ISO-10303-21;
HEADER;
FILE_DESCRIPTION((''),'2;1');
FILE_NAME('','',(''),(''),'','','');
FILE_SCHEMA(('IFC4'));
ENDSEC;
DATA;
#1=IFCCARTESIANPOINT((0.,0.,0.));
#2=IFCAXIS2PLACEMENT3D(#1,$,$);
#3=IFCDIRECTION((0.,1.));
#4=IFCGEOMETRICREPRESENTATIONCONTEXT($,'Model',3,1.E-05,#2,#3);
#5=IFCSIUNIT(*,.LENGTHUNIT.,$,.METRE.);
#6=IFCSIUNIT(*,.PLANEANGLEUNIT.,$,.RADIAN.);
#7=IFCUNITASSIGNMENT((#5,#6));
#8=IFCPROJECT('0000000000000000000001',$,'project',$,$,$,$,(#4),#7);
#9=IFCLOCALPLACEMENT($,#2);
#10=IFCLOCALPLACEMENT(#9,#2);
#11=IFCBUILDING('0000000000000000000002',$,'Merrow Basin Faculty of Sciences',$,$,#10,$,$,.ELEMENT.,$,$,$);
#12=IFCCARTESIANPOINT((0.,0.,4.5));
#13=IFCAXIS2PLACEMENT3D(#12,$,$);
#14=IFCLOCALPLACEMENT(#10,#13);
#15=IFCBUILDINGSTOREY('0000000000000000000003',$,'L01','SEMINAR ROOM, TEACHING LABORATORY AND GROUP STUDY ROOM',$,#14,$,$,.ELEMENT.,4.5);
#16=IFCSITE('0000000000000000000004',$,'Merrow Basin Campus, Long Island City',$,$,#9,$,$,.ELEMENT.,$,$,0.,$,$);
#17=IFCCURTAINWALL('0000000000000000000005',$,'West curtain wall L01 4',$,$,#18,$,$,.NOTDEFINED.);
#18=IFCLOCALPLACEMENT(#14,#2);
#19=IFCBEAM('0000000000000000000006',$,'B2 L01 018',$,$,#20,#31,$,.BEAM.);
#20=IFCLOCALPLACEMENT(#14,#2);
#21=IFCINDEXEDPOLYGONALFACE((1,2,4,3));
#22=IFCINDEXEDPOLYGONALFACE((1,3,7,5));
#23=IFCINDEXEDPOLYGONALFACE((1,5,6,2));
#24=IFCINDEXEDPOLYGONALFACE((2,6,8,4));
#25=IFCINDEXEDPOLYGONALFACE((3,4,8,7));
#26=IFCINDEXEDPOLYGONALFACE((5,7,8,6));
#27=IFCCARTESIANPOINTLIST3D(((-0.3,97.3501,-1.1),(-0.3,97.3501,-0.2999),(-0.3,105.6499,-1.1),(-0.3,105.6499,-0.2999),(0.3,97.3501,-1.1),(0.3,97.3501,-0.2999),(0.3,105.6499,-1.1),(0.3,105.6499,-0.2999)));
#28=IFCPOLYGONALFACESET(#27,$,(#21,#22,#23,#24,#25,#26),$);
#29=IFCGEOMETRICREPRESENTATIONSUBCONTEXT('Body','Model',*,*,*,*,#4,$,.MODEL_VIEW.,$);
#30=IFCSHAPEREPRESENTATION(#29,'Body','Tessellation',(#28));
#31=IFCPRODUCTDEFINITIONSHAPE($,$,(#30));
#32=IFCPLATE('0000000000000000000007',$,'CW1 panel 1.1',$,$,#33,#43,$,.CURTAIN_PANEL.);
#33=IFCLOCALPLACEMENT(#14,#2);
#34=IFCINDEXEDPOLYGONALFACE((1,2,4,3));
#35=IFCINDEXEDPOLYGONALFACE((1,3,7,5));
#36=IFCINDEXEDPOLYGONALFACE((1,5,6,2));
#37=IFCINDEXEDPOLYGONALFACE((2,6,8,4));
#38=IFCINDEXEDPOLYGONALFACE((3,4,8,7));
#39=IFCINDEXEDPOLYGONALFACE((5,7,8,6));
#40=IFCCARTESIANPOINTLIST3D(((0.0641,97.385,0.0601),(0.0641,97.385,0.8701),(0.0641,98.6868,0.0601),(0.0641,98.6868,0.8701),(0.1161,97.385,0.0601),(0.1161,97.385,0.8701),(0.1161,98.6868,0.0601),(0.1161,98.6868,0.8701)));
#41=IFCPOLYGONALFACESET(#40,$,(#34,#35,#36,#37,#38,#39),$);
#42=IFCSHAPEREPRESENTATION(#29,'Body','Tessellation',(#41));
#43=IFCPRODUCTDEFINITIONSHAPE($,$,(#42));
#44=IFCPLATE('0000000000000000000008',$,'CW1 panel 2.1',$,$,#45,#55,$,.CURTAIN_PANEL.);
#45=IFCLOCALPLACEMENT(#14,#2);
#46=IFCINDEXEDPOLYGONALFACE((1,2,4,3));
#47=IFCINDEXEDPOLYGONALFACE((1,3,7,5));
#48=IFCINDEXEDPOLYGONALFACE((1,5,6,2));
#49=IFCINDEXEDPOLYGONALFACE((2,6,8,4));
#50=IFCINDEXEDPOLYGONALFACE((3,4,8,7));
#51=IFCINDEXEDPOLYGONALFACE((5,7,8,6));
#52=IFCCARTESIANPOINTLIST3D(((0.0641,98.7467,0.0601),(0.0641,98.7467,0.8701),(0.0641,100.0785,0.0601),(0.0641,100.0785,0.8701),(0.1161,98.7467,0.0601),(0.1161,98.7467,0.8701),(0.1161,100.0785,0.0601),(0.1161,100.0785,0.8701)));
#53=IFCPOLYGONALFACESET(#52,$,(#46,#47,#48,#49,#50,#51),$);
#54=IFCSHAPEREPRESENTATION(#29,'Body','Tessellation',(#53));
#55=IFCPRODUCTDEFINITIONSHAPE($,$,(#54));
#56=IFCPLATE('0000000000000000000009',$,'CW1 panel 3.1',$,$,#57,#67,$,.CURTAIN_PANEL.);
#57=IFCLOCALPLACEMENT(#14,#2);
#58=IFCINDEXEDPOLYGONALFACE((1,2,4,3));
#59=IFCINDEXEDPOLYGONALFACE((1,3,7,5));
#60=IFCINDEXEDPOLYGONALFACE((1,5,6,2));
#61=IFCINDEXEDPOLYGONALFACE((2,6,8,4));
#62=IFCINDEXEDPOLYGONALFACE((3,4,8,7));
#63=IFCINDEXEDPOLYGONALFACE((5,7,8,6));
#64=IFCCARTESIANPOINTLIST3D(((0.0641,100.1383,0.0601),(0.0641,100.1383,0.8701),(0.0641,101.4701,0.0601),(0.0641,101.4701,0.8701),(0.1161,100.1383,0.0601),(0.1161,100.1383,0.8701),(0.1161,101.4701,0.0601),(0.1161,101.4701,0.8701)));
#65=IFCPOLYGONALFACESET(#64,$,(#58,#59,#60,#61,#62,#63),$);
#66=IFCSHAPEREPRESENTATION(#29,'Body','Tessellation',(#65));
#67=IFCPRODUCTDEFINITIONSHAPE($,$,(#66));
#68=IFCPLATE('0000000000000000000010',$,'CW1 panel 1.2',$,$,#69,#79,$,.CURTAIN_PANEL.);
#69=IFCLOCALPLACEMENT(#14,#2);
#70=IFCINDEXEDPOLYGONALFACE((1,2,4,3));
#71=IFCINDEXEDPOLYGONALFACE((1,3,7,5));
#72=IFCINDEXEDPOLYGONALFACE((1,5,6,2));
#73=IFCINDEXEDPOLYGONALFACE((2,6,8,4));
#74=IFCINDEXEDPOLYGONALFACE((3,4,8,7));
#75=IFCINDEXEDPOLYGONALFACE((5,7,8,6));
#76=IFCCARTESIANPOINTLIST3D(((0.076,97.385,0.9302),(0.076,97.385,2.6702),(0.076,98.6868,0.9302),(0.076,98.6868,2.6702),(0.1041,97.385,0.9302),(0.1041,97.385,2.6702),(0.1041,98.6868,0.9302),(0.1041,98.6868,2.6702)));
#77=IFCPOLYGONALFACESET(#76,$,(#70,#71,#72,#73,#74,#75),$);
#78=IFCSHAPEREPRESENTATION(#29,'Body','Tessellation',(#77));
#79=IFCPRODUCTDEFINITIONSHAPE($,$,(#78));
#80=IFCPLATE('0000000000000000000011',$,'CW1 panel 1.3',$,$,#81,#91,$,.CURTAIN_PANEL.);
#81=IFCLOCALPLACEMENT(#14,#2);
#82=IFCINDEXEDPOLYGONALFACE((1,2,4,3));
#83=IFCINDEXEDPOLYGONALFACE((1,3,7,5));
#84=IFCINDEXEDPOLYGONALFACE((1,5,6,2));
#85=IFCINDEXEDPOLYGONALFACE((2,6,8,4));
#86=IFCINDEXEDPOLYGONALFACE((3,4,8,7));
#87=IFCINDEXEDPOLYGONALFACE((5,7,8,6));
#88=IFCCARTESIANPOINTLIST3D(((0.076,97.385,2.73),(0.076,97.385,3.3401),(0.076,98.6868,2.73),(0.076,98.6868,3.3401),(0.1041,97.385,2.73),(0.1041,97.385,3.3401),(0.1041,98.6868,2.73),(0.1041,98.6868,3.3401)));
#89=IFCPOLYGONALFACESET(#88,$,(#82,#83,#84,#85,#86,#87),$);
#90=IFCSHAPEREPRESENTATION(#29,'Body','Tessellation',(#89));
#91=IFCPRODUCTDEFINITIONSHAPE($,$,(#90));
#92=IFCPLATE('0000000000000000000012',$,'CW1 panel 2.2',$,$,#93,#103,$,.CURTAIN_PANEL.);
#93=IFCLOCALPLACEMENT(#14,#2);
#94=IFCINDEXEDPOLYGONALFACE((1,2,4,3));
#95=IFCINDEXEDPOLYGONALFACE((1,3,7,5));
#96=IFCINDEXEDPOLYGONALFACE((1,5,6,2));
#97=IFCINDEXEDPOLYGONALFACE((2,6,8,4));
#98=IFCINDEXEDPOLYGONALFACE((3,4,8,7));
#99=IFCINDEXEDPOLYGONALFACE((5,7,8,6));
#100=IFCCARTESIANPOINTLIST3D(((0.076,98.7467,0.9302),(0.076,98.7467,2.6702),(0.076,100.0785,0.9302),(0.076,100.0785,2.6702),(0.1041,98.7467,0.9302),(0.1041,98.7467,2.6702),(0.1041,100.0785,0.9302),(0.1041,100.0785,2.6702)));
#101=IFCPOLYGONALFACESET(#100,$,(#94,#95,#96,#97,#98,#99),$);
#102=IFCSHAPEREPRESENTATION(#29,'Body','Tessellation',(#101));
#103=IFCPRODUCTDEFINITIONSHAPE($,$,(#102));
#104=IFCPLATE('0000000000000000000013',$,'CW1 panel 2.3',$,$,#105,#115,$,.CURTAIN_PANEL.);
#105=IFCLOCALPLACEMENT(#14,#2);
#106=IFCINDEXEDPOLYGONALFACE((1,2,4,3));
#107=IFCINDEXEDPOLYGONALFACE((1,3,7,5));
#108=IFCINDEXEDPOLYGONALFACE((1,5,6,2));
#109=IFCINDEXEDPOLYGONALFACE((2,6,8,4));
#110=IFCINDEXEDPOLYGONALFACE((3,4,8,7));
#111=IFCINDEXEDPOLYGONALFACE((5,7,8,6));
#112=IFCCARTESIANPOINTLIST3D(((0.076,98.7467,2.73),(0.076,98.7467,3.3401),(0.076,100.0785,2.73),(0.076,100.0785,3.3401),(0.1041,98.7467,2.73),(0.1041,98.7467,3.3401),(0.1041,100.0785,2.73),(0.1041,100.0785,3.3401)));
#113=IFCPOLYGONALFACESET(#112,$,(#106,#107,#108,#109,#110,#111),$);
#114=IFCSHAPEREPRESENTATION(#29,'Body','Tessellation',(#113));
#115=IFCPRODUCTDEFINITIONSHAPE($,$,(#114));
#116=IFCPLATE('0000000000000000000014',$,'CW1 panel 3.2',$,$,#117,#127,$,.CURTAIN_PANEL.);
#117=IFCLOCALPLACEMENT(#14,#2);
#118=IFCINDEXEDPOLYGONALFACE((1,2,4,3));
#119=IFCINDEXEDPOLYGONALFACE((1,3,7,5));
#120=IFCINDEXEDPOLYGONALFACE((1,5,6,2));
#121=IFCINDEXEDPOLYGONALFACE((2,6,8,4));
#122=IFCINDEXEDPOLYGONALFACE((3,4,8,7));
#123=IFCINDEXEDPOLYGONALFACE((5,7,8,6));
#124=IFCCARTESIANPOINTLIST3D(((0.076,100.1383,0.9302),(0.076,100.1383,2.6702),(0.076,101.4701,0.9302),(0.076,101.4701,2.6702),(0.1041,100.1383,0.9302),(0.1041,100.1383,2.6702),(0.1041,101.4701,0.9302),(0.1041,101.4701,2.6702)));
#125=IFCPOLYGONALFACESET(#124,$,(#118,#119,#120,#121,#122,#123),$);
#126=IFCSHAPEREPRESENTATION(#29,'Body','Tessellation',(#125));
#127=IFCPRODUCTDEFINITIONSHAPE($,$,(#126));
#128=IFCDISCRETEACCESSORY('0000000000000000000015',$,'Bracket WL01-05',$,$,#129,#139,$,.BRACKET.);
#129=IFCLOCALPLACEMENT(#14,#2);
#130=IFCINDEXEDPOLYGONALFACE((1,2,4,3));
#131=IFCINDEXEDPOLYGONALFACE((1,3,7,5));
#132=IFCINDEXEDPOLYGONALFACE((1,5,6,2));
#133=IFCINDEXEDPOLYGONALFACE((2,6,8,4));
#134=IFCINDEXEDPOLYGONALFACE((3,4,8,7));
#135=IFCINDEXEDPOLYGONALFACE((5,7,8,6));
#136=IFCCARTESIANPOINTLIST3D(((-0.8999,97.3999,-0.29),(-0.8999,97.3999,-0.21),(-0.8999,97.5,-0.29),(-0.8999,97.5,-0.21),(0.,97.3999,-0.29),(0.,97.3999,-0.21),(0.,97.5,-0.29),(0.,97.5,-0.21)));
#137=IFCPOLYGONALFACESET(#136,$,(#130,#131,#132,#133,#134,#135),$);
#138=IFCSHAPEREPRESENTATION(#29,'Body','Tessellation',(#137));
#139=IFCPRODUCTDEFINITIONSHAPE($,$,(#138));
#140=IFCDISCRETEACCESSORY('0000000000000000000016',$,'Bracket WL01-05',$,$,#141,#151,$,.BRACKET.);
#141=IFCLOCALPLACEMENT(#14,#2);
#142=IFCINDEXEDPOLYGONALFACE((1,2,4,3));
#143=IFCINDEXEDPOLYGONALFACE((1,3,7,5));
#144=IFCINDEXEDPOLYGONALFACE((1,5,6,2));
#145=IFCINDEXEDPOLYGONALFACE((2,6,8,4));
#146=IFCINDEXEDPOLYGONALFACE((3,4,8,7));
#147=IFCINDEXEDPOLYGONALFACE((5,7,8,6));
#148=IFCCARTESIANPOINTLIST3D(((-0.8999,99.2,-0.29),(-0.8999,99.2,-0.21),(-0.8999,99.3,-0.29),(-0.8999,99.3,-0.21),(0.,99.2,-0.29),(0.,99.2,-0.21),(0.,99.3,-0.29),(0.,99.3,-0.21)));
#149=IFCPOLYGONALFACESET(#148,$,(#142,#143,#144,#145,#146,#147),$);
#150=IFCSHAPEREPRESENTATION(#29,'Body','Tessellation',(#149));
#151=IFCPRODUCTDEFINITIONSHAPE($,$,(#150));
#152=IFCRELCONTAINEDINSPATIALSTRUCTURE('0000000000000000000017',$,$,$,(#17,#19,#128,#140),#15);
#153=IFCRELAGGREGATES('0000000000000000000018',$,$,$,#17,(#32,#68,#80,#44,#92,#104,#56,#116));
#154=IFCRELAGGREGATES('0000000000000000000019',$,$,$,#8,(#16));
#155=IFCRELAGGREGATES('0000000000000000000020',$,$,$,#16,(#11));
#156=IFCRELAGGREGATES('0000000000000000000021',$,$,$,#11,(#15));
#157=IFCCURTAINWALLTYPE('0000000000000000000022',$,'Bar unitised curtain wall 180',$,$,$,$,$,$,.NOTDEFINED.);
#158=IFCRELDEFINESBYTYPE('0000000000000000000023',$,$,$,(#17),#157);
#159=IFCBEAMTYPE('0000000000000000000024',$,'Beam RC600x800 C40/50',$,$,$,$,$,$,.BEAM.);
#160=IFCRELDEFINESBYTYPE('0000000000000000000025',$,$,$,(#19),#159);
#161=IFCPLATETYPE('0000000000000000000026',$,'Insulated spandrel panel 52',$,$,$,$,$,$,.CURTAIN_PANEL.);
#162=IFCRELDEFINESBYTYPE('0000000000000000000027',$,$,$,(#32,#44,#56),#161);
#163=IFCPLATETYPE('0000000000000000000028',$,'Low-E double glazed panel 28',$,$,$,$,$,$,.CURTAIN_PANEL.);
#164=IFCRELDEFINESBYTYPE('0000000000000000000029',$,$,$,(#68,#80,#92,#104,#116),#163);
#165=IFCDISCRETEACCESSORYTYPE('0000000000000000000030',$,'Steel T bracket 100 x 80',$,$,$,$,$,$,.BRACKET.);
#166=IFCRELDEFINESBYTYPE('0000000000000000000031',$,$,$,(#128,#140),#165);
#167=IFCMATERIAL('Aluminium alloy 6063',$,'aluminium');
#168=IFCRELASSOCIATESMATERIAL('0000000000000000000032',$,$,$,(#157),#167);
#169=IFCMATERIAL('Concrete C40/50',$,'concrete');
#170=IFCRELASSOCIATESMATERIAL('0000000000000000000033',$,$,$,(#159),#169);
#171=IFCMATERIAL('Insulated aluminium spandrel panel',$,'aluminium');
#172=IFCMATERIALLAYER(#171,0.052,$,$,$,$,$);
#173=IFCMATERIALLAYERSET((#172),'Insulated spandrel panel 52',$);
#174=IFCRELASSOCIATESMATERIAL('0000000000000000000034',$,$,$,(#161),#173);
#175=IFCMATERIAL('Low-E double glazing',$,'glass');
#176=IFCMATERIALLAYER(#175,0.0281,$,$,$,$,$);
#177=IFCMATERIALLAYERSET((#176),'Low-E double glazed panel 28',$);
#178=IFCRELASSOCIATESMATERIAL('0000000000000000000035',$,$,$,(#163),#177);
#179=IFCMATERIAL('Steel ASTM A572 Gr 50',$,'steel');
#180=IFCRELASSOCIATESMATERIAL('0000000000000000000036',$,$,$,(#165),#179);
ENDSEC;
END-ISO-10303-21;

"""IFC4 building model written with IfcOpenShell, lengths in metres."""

from ifc_helpers import new_model, si_unit, direction, frame, origin, origin_2d, place, context, subcontext, project, spatial, polyline, rectangle, outline, extrude, source, transform, mapped, material, layer, layer_set, material_profile, profile_set, type_object, element, aggregate, save


model = new_model("IFC4")

# Units and contexts
model_context = context("Model", 3, precision=1e-05, world=origin(), true_north=direction((0.0, 1.0)))
body_context = subcontext(model_context, "Body", "Model", "MODEL_VIEW")
ifc_project = project(units=[si_unit("LENGTHUNIT", "METRE"), si_unit("PLANEANGLEUNIT", "RADIAN")], contexts=[model_context])

# Site, building, storey
site_placement = place(None, origin())
site = spatial("IfcSite", under=ifc_project, at=site_placement, Name="Merrow Basin Campus, Long Island City", CompositionType="ELEMENT", RefElevation=0.0)
building_placement = place(site_placement, origin())
building = spatial("IfcBuilding", under=site, at=building_placement, Name="Merrow Basin Faculty of Sciences", CompositionType="ELEMENT")
storey_placement = place(building_placement, frame((0.0, 0.0, 4.5)))
storey = spatial("IfcBuildingStorey", under=building, at=storey_placement, Name="L01", Description="SEMINAR ROOM, TEACHING LABORATORY AND GROUP STUDY ROOM", CompositionType="ELEMENT", Elevation=4.5)

# Curtain wall
ifc_material_1 = material(Name="Aluminium alloy 6063", Category="aluminium")
curtain_wall_type = type_object("IfcCurtainWallType", Name="Bar unitised curtain wall 180", PredefinedType="NOTDEFINED", material=ifc_material_1)
curtain_wall_placement = place(storey_placement, origin())
curtain_wall = element("IfcCurtainWall", 1, at=curtain_wall_placement, inside=storey, type_object=curtain_wall_type, Name="West curtain wall L01 4", PredefinedType="NOTDEFINED")

# Beam
ifc_material_2 = material(Name="Concrete C40/50", Category="concrete")
ifc_material_profile_1 = material_profile(ifc_material_2, rectangle(XDim=0.6001, YDim=0.8, at=origin_2d()))
ifc_profile_set_1 = profile_set([ifc_material_profile_1], Name="Concrete C40/50")
beam_type = type_object("IfcBeamType", Name="Beam RC600x800 C40/50", PredefinedType="BEAM", material=ifc_profile_set_1)
beam_placement = place(storey_placement, frame((0.0, 97.3501, -0.7), z_axis=(0.0, 1.0, 0.0), x_axis=(-1.0, 0.0, 0.0)))
element("IfcBeam", 2, at=beam_placement, inside=storey, type_object=beam_type, Name="B2 L01 018", PredefinedType="BEAM", context=body_context, shape_type="SweptSolid", body=[
    extrude(rectangle(XDim=0.6001, YDim=0.8, at=origin_2d()), origin(), (0.0, 0.0, 1.0), 8.2998),
])

# Plates
ifc_material_3 = material(Name="Insulated aluminium spandrel panel", Category="aluminium")
ifc_layer_1 = layer(ifc_material_3, 0.052)
ifc_layer_set_1 = layer_set([ifc_layer_1], Name="Insulated spandrel panel 52")
plate_type_1 = type_object("IfcPlateType", Name="Insulated spandrel panel 52", PredefinedType="CURTAIN_PANEL", material=ifc_layer_set_1)
plate_1_placement = place(storey_placement, frame((0.0901, 98.0359, 0.0601), z_axis=(0.0, 0.0, 1.0), x_axis=(0.0, 1.0, 0.0)))
plate_1 = element("IfcPlate", 3, at=plate_1_placement, type_object=plate_type_1, Name="CW1 panel 1.1", PredefinedType="CURTAIN_PANEL", context=body_context, shape_type="SweptSolid", body=[
    extrude(rectangle(XDim=1.3018, YDim=0.052, at=origin_2d()), origin(), (0.0, 0.0, 1.0), 0.8101),
])
plate_2_placement = place(storey_placement, frame((0.0901, 99.4126, 0.0601), z_axis=(0.0, 0.0, 1.0), x_axis=(0.0, 1.0, 0.0)))
plate_2 = element("IfcPlate", 4, at=plate_2_placement, type_object=plate_type_1, Name="CW1 panel 2.1", PredefinedType="CURTAIN_PANEL", context=body_context, shape_type="SweptSolid", body=[
    extrude(rectangle(XDim=1.3318, YDim=0.052, at=origin_2d()), origin(), (0.0, 0.0, 1.0), 0.8101),
])
plate_3_placement = place(storey_placement, frame((0.0901, 100.8042, 0.0601), z_axis=(0.0, 0.0, 1.0), x_axis=(0.0, 1.0, 0.0)))
plate_3 = element("IfcPlate", 5, at=plate_3_placement, type_object=plate_type_1, Name="CW1 panel 3.1", PredefinedType="CURTAIN_PANEL", context=body_context, shape_type="SweptSolid", body=[
    extrude(rectangle(XDim=1.3318, YDim=0.052, at=origin_2d()), origin(), (0.0, 0.0, 1.0), 0.8101),
])
ifc_material_4 = material(Name="Low-E double glazing", Category="glass")
ifc_layer_2 = layer(ifc_material_4, 0.0281)
ifc_layer_set_2 = layer_set([ifc_layer_2], Name="Low-E double glazed panel 28")
plate_type_2 = type_object("IfcPlateType", Name="Low-E double glazed panel 28", PredefinedType="CURTAIN_PANEL", material=ifc_layer_set_2)
plate_4_placement = place(storey_placement, frame((0.0901, 98.0359, 0.9302), z_axis=(0.0, 0.0, 1.0), x_axis=(0.0, 1.0, 0.0)))
plate_4 = element("IfcPlate", 6, at=plate_4_placement, type_object=plate_type_2, Name="CW1 panel 1.2", PredefinedType="CURTAIN_PANEL", context=body_context, shape_type="SweptSolid", body=[
    extrude(rectangle(XDim=1.3018, YDim=0.0281, at=origin_2d()), origin(), (0.0, 0.0, 1.0), 1.74),
])
plate_5_placement = place(storey_placement, frame((0.0901, 98.0359, 2.73), z_axis=(0.0, 0.0, 1.0), x_axis=(0.0, 1.0, 0.0)))
plate_5 = element("IfcPlate", 7, at=plate_5_placement, type_object=plate_type_2, Name="CW1 panel 1.3", PredefinedType="CURTAIN_PANEL", context=body_context, shape_type="SweptSolid", body=[
    extrude(rectangle(XDim=1.3018, YDim=0.0281, at=origin_2d()), origin(), (0.0, 0.0, 1.0), 0.6101),
])
plate_6_placement = place(storey_placement, frame((0.0901, 99.4126, 0.9302), z_axis=(0.0, 0.0, 1.0), x_axis=(0.0, 1.0, 0.0)))
plate_6 = element("IfcPlate", 8, at=plate_6_placement, type_object=plate_type_2, Name="CW1 panel 2.2", PredefinedType="CURTAIN_PANEL", context=body_context, shape_type="SweptSolid", body=[
    extrude(rectangle(XDim=1.3318, YDim=0.0281, at=origin_2d()), origin(), (0.0, 0.0, 1.0), 1.74),
])
plate_7_placement = place(storey_placement, frame((0.0901, 99.4126, 2.73), z_axis=(0.0, 0.0, 1.0), x_axis=(0.0, 1.0, 0.0)))
plate_7 = element("IfcPlate", 9, at=plate_7_placement, type_object=plate_type_2, Name="CW1 panel 2.3", PredefinedType="CURTAIN_PANEL", context=body_context, shape_type="SweptSolid", body=[
    extrude(rectangle(XDim=1.3318, YDim=0.0281, at=origin_2d()), origin(), (0.0, 0.0, 1.0), 0.6101),
])
plate_8_placement = place(storey_placement, frame((0.0901, 100.8042, 0.9302), z_axis=(0.0, 0.0, 1.0), x_axis=(0.0, 1.0, 0.0)))
plate_8 = element("IfcPlate", 10, at=plate_8_placement, type_object=plate_type_2, Name="CW1 panel 3.2", PredefinedType="CURTAIN_PANEL", context=body_context, shape_type="SweptSolid", body=[
    extrude(rectangle(XDim=1.3318, YDim=0.0281, at=origin_2d()), origin(), (0.0, 0.0, 1.0), 1.74),
])
aggregate(curtain_wall, [plate_1, plate_4, plate_5, plate_2, plate_6, plate_7, plate_3, plate_8])

# Discrete accessories
ifc_material_5 = material(Name="Steel ASTM A572 Gr 50", Category="steel")
discrete_accessory_type = type_object("IfcDiscreteAccessoryType", Name="Steel T bracket 100 x 80", PredefinedType="BRACKET", material=ifc_material_5)
shared_shape = source(origin(), body_context, "Body", "SweptSolid", [
    extrude(outline(polyline([(0.0, 0.0), (0.1001, 0.0), (0.1001, 0.0801), (0.0, 0.0801), (0.0, 0.0)])), origin(), (0.0, 0.0, 1.0), 0.8999),
])
for number, where, z_axis, x_axis, name in (
    (11, (-0.8999, 97.3999, -0.29), (1.0, 0.0, 0.0), (0.0, 1.0, 0.0), "Bracket WL01-05"),
    (12, (-0.8999, 99.2, -0.29), (1.0, 0.0, 0.0), (0.0, 1.0, 0.0), "Bracket WL01-05"),
):
    element("IfcDiscreteAccessory", number, at=place(storey_placement, frame(where, z_axis=z_axis, x_axis=x_axis)), inside=storey, type_object=discrete_accessory_type, Name=name, PredefinedType="BRACKET", context=body_context, shape_type="MappedRepresentation", body=[
        mapped(shared_shape, transform((0.0, 0.0, 0.0), scale=1.0)),
    ])

save(model, "model.ifc")
